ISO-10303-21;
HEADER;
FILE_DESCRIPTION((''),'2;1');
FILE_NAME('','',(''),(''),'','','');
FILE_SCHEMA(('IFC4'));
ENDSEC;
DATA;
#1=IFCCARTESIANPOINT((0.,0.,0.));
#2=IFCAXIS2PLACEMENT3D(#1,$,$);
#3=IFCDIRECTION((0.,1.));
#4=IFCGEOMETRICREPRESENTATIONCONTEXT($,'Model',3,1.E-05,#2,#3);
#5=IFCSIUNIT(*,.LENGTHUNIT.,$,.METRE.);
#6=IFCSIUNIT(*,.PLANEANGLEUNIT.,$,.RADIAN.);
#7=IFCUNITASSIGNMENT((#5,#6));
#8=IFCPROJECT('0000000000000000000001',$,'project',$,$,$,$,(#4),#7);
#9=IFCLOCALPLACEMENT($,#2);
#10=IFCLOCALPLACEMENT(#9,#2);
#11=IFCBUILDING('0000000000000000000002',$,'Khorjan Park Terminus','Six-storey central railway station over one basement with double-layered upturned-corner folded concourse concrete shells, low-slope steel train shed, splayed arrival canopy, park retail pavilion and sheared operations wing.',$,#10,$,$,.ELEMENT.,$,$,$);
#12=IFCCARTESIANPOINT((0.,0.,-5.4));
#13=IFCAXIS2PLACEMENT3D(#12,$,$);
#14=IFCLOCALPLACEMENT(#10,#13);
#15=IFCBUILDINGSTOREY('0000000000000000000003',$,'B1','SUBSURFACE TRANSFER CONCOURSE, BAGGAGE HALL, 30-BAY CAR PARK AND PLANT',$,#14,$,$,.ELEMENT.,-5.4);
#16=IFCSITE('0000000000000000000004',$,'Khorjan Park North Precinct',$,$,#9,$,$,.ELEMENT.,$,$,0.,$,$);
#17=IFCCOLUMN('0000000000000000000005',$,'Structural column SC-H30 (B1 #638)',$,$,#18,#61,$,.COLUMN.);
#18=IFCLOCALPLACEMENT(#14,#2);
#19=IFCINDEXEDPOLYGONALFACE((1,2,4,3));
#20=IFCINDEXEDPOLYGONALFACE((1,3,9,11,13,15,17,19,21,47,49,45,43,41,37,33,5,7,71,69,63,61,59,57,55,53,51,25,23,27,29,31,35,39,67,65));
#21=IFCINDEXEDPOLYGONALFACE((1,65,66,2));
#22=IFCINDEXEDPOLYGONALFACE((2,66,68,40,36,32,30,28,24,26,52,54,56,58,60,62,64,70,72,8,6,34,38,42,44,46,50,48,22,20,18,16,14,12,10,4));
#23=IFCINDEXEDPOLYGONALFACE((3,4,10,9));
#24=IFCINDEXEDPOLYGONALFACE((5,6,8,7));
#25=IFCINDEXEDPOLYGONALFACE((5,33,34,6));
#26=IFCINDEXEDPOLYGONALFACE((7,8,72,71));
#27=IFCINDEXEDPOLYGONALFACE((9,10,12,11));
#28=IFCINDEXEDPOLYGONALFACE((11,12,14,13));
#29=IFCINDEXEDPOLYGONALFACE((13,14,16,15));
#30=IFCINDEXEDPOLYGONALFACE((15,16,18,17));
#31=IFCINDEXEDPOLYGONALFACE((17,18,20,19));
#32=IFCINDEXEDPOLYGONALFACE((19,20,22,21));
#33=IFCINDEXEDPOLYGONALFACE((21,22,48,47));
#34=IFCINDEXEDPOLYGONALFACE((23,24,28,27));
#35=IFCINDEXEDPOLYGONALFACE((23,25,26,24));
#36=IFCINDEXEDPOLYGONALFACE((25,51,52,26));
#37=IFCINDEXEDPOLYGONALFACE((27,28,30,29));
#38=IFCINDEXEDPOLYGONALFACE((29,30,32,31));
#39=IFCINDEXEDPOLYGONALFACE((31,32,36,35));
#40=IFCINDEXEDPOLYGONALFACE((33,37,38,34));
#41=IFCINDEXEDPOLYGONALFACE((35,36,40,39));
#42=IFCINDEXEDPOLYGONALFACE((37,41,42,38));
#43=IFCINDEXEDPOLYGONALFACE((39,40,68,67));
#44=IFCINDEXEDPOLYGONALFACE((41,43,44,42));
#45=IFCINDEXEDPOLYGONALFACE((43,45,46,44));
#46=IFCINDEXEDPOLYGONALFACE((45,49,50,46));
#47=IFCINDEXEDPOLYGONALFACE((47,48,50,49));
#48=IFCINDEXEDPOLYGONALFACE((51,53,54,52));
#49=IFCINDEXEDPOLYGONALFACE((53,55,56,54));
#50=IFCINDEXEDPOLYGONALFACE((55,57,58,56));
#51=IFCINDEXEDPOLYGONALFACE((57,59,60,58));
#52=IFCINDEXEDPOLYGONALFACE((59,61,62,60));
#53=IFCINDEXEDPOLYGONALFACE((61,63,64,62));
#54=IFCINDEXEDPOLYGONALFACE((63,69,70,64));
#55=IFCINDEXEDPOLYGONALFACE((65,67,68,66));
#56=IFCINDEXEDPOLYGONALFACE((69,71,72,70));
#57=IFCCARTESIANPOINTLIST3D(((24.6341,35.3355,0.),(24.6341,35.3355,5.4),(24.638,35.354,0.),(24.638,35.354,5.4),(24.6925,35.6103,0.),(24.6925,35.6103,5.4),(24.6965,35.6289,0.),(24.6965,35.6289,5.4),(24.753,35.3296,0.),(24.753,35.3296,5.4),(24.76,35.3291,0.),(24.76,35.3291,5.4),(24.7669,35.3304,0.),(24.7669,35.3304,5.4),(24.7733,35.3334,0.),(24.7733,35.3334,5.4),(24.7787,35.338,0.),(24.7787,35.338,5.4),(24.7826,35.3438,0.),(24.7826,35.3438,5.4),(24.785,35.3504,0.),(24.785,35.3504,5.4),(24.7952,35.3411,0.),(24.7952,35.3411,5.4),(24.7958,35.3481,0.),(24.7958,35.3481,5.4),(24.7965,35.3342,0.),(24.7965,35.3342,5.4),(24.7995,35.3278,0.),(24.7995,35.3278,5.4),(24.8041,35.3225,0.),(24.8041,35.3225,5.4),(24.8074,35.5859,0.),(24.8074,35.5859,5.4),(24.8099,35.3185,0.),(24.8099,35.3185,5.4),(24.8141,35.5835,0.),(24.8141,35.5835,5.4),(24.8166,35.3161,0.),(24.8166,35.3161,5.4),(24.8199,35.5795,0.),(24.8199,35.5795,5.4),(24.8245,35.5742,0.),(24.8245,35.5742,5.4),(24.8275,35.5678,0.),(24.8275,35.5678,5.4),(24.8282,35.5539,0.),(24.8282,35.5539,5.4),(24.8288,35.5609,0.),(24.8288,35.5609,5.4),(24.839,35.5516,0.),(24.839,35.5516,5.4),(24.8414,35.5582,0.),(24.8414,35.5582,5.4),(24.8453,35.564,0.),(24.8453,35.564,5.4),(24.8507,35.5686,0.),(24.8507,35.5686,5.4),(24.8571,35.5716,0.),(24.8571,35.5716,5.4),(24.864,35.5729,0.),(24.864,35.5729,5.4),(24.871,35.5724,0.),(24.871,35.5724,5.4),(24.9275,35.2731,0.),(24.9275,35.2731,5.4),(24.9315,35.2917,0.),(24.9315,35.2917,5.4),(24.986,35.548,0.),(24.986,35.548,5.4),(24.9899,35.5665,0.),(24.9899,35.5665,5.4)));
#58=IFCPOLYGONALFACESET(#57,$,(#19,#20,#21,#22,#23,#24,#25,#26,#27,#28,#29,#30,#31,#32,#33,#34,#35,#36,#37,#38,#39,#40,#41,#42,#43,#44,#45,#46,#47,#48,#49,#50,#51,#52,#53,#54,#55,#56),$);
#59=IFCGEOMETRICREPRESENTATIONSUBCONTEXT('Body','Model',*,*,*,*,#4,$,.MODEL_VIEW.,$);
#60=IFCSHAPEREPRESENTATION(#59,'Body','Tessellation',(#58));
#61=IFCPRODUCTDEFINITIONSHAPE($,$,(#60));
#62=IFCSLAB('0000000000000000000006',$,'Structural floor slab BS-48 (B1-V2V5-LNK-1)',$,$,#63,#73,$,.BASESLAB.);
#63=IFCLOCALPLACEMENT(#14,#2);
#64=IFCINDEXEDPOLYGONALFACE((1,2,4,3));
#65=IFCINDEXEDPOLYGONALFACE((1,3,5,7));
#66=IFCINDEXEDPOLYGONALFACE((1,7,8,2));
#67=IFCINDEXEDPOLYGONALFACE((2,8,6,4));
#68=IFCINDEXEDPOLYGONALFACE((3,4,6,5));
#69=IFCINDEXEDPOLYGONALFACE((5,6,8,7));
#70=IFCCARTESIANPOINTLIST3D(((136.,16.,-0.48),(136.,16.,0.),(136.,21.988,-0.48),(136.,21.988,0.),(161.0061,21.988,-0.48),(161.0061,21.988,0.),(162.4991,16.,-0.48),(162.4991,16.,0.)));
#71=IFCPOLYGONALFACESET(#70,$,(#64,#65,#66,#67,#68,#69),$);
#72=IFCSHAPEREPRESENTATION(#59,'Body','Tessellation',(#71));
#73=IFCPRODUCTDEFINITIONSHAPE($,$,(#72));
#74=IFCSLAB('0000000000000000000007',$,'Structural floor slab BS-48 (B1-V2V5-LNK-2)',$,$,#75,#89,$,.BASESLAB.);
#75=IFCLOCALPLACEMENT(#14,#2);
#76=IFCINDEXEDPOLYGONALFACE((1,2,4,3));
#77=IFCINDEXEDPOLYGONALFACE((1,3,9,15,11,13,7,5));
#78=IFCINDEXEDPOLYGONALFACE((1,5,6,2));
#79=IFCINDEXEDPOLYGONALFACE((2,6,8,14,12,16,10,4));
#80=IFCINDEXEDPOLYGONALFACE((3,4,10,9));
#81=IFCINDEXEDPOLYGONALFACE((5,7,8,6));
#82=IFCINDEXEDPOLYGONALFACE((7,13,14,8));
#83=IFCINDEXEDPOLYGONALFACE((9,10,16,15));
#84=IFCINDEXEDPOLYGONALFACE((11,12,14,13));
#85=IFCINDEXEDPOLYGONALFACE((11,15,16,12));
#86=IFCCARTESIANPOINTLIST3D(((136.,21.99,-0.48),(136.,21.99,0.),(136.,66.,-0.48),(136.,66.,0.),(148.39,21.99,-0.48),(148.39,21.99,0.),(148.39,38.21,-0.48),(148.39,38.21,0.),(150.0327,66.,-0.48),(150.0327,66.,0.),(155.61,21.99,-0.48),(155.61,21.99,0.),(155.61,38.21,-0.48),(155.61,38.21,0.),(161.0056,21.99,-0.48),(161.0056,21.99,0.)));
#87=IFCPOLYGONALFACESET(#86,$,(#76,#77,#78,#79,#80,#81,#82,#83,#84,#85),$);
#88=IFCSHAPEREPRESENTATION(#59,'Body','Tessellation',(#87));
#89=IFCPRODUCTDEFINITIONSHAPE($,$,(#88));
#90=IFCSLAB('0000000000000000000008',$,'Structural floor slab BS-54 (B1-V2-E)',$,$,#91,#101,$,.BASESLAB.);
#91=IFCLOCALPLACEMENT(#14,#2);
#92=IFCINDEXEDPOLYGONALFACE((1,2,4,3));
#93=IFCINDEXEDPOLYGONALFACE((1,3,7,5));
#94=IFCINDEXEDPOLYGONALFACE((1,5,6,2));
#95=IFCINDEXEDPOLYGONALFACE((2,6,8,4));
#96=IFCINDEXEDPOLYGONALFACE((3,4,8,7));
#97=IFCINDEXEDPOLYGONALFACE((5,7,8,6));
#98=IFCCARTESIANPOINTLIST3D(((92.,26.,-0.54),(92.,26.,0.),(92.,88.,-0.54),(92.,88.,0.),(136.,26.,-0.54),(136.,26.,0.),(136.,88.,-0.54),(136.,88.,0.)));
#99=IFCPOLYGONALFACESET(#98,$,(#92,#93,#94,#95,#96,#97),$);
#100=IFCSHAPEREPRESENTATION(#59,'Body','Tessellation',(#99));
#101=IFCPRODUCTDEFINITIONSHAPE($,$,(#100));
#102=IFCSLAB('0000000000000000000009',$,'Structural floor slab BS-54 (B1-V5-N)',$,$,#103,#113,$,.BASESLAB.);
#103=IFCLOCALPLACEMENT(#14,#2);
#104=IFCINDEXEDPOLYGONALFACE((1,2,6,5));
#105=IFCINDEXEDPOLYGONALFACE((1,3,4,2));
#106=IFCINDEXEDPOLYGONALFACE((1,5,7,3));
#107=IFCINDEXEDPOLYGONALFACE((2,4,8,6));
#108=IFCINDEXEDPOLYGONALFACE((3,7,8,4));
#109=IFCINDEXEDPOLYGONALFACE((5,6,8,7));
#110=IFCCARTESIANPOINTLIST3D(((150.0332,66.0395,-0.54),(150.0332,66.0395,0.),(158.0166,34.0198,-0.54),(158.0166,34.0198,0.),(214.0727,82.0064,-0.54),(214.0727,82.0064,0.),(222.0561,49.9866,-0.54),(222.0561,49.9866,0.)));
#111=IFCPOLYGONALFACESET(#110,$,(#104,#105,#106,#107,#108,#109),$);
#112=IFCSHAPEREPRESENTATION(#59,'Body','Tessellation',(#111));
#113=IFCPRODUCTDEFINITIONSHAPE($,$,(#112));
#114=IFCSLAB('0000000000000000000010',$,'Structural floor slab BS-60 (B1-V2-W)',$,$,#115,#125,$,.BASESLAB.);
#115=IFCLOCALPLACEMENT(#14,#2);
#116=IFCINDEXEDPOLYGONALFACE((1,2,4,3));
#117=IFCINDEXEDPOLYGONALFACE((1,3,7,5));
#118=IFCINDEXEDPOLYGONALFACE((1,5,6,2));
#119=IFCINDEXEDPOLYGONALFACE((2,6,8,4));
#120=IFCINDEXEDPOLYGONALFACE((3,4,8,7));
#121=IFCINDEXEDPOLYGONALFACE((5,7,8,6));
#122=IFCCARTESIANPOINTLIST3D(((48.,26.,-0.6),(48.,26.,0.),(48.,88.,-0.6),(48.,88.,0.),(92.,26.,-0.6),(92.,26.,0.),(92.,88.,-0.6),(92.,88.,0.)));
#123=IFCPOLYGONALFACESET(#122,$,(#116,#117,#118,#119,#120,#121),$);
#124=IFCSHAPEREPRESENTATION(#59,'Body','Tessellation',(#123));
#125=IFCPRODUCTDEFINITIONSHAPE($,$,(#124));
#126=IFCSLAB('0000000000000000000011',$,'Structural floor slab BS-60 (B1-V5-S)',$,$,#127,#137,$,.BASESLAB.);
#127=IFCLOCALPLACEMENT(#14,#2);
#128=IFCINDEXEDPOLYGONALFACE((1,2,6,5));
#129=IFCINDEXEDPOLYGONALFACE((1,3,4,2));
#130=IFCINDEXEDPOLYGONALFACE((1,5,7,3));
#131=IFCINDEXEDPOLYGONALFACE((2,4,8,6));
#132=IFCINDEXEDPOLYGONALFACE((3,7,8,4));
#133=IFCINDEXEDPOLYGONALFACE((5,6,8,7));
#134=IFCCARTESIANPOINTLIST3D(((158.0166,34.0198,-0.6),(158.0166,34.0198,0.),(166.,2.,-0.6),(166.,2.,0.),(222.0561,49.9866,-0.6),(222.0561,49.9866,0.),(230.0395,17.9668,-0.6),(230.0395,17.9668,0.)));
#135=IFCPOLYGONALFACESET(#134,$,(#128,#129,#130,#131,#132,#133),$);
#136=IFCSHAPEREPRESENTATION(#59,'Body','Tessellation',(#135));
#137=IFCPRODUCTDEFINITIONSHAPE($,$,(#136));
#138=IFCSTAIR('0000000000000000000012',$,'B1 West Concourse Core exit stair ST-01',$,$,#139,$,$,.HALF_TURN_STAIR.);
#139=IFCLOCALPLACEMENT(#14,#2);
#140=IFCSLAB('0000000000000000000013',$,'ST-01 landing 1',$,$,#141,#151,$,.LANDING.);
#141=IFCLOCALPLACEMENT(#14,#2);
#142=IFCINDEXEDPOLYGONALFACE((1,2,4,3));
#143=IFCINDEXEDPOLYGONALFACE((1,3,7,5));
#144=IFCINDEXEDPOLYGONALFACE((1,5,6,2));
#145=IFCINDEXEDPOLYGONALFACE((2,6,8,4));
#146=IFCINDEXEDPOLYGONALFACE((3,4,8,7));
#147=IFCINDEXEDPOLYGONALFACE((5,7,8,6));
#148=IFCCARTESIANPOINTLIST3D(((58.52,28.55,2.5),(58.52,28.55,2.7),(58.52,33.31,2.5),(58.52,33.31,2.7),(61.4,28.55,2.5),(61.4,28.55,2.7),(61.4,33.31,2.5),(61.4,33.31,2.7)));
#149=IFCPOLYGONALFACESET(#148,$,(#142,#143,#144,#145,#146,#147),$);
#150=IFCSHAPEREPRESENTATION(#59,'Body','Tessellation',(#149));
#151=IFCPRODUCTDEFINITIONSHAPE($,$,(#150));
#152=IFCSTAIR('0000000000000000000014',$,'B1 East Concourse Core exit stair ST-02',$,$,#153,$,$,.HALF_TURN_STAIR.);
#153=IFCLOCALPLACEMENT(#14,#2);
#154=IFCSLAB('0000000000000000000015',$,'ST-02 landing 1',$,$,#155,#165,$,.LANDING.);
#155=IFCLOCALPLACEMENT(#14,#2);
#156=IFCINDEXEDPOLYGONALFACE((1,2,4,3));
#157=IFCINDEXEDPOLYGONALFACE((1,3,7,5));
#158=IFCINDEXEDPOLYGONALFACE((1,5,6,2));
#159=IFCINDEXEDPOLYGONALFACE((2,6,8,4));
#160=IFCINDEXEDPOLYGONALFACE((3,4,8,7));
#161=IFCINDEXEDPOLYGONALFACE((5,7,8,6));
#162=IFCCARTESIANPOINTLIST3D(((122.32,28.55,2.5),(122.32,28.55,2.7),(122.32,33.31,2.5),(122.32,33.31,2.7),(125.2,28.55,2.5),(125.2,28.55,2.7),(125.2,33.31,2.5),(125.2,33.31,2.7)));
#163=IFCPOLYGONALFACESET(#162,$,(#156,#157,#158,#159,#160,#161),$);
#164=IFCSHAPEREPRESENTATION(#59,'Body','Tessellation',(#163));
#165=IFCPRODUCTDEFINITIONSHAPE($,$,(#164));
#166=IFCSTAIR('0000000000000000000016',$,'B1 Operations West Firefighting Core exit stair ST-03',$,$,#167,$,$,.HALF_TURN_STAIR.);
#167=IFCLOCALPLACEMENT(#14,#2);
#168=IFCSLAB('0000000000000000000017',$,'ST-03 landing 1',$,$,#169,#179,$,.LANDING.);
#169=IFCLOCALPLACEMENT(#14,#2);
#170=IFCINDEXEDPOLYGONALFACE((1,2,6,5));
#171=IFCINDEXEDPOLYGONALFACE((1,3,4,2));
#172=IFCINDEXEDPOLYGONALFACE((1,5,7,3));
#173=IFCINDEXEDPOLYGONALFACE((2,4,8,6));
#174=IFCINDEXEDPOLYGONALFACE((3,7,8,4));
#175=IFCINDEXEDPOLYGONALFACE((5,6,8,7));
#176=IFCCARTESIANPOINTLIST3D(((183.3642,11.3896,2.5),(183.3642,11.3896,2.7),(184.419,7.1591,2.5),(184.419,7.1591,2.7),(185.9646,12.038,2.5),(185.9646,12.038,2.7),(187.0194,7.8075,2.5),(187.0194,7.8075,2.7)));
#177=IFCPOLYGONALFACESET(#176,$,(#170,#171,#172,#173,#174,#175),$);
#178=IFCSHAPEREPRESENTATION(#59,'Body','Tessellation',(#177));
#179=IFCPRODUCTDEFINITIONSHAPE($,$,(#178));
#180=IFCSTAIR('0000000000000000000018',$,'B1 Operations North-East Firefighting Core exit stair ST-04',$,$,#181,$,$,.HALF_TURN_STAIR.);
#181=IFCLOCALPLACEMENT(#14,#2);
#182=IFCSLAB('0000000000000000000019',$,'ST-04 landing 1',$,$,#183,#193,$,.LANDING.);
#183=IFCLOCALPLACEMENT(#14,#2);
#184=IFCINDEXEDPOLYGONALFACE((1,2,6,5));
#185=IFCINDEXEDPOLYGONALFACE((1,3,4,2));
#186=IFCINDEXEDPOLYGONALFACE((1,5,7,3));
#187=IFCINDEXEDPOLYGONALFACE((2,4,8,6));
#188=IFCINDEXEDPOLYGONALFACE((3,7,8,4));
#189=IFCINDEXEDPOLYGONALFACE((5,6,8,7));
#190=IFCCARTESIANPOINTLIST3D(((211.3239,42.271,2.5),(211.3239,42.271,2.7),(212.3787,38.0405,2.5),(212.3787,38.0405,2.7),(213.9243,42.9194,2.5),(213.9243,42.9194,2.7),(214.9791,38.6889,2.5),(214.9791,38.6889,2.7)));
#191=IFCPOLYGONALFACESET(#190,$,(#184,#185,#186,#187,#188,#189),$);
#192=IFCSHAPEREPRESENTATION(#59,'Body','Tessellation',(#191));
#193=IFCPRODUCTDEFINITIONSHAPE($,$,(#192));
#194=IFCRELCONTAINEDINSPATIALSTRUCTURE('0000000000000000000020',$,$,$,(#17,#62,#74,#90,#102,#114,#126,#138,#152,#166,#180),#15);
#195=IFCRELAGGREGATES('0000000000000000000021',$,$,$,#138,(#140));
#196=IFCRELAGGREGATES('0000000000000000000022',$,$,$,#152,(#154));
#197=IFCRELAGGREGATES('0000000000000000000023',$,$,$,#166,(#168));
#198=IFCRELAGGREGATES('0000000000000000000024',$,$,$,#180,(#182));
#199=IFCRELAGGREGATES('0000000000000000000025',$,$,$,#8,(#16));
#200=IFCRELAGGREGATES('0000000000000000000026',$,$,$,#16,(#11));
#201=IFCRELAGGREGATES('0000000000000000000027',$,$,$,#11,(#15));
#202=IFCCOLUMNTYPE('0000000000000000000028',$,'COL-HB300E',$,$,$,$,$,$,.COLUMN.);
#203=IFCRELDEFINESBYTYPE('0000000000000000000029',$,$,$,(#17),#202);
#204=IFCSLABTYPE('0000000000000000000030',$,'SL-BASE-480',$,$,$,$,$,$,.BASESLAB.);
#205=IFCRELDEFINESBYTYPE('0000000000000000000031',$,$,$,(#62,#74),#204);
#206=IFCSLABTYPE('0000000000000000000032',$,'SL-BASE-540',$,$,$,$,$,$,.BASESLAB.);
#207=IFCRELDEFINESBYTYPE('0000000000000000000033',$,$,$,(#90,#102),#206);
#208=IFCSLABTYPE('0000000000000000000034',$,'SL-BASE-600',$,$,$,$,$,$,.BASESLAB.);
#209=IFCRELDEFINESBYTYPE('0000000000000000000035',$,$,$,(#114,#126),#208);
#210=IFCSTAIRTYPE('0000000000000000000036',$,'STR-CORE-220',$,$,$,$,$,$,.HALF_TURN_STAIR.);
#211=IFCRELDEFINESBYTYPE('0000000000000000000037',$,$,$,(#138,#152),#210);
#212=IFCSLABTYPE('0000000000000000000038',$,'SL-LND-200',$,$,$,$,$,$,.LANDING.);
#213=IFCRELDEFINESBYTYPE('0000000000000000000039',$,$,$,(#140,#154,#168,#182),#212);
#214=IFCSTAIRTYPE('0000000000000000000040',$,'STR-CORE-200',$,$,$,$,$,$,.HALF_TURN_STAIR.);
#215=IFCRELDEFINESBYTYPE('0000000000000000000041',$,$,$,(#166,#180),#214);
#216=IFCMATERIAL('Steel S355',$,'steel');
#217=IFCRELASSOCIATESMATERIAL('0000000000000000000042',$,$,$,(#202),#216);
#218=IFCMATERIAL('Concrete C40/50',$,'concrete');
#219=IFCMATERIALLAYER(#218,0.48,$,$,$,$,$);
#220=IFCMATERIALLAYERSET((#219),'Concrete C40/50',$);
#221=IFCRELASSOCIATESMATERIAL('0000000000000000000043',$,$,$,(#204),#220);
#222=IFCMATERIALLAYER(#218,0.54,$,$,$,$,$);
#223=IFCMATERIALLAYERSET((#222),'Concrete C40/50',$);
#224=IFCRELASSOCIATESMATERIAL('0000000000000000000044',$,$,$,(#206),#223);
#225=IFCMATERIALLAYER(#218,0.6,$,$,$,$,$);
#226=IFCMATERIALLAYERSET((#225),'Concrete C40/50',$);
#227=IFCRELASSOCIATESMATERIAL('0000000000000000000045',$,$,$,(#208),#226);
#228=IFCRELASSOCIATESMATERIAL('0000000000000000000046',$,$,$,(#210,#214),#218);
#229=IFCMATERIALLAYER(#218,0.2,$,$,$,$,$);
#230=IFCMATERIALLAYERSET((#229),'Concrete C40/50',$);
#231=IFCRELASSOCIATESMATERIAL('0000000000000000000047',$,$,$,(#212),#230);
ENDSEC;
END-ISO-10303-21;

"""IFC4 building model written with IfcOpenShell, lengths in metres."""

from ifc_helpers import new_model, si_unit, direction, frame, origin, origin_2d, place, context, subcontext, project, spatial, polyline, i_section, outline, extrude, material, layer, layer_set, material_profile, profile_set, type_object, element, aggregate, save


model = new_model("IFC4")

# Units and contexts
model_context = context("Model", 3, precision=1e-05, world=origin(), true_north=direction((0.0, 1.0)))
body_context = subcontext(model_context, "Body", "Model", "MODEL_VIEW")
ifc_project = project(units=[si_unit("LENGTHUNIT", "METRE"), si_unit("PLANEANGLEUNIT", "RADIAN")], contexts=[model_context])

# Site, building, storey
site_placement = place(None, origin())
site = spatial("IfcSite", under=ifc_project, at=site_placement, Name="Khorjan Park North Precinct", CompositionType="ELEMENT", RefElevation=0.0)
building_placement = place(site_placement, origin())
building = spatial("IfcBuilding", under=site, at=building_placement, Name="Khorjan Park Terminus", Description="Six-storey central railway station over one basement with double-layered upturned-corner folded concourse concrete shells, low-slope steel train shed, splayed arrival canopy, park retail pavilion and sheared operations wing.", CompositionType="ELEMENT")
storey_placement = place(building_placement, frame((0.0, 0.0, -5.4)))
storey = spatial("IfcBuildingStorey", under=building, at=storey_placement, Name="B1", Description="SUBSURFACE TRANSFER CONCOURSE, BAGGAGE HALL, 30-BAY CAR PARK AND PLANT", CompositionType="ELEMENT", Elevation=-5.4)

# Shared definitions
ifc_material_1 = material(Name="Concrete C40/50", Category="concrete")

# Column
ifc_material_2 = material(Name="Steel S355", Category="steel")
ifc_material_profile_1 = material_profile(ifc_material_2, i_section(OverallWidth=0.3, OverallDepth=0.3, WebThickness=0.011, FlangeThickness=0.019, FilletRadius=0.027, at=origin_2d()), Name="HEB 300")
ifc_profile_set_1 = profile_set([ifc_material_profile_1], Name="Steel S355")
column_type = type_object("IfcColumnType", Name="COL-HB300E", PredefinedType="COLUMN", material=ifc_profile_set_1)
column_placement = place(storey_placement, frame((24.812, 35.451, 0.0), z_axis=(0.0, 0.0, 1.0), x_axis=(0.978148, -0.207912, 0.0)))
element("IfcColumn", 1, at=column_placement, inside=storey, type_object=column_type, Name="Structural column SC-H30 (B1 #638)", PredefinedType="COLUMN", context=body_context, shape_type="SweptSolid", body=[
    extrude(i_section(OverallWidth=0.3, OverallDepth=0.3, WebThickness=0.011, FlangeThickness=0.019, FilletRadius=0.027, at=origin_2d()), origin(), (0.0, 0.0, 1.0), 5.4),
])

# Slabs
ifc_layer_1 = layer(ifc_material_1, 0.48)
ifc_layer_set_1 = layer_set([ifc_layer_1], Name="Concrete C40/50")
slab_type_1 = type_object("IfcSlabType", Name="SL-BASE-480", PredefinedType="BASESLAB", material=ifc_layer_set_1)
slab_1_placement = place(storey_placement, frame((0.0, 0.0, -0.48)))
element("IfcSlab", 2, at=slab_1_placement, inside=storey, type_object=slab_type_1, Name="Structural floor slab BS-48 (B1-V2V5-LNK-1)", PredefinedType="BASESLAB", context=body_context, shape_type="SweptSolid", body=[
    extrude(outline(polyline([(162.4991, 16.0), (136.0, 16.0), (136.0, 21.988), (161.0061, 21.988), (162.4991, 16.0)])), origin(), (0.0, 0.0, 1.0), 0.48),
])
slab_2_placement = place(storey_placement, frame((0.0, 0.0, -0.48)))
element("IfcSlab", 3, at=slab_2_placement, inside=storey, type_object=slab_type_1, Name="Structural floor slab BS-48 (B1-V2V5-LNK-2)", PredefinedType="BASESLAB", context=body_context, shape_type="SweptSolid", body=[
    extrude(outline(polyline([(150.0327, 66.0), (161.0056, 21.99), (155.61, 21.99), (155.61, 38.21), (148.39, 38.21), (148.39, 21.99), (136.0, 21.99), (136.0, 66.0), (150.0327, 66.0)])), origin(), (0.0, 0.0, 1.0), 0.48),
])
ifc_layer_2 = layer(ifc_material_1, 0.54)
ifc_layer_set_2 = layer_set([ifc_layer_2], Name="Concrete C40/50")
slab_type_2 = type_object("IfcSlabType", Name="SL-BASE-540", PredefinedType="BASESLAB", material=ifc_layer_set_2)
slab_3_placement = place(storey_placement, frame((0.0, 0.0, -0.54)))
element("IfcSlab", 4, at=slab_3_placement, inside=storey, type_object=slab_type_2, Name="Structural floor slab BS-54 (B1-V2-E)", PredefinedType="BASESLAB", context=body_context, shape_type="SweptSolid", body=[
    extrude(outline(polyline([(92.0, 26.0), (136.0, 26.0), (136.0, 88.0), (92.0, 88.0), (92.0, 26.0)])), origin(), (0.0, 0.0, 1.0), 0.54),
])
slab_4_placement = place(storey_placement, frame((0.0, 0.0, -0.54)))
element("IfcSlab", 5, at=slab_4_placement, inside=storey, type_object=slab_type_2, Name="Structural floor slab BS-54 (B1-V5-N)", PredefinedType="BASESLAB", context=body_context, shape_type="SweptSolid", body=[
    extrude(outline(polyline([(158.0166, 34.0198), (222.0561, 49.9866), (214.0727, 82.0064), (150.0332, 66.0395), (158.0166, 34.0198)])), origin(), (0.0, 0.0, 1.0), 0.54),
])
ifc_layer_3 = layer(ifc_material_1, 0.6)
ifc_layer_set_3 = layer_set([ifc_layer_3], Name="Concrete C40/50")
slab_type_3 = type_object("IfcSlabType", Name="SL-BASE-600", PredefinedType="BASESLAB", material=ifc_layer_set_3)
slab_5_placement = place(storey_placement, frame((0.0, 0.0, -0.6)))
element("IfcSlab", 6, at=slab_5_placement, inside=storey, type_object=slab_type_3, Name="Structural floor slab BS-60 (B1-V2-W)", PredefinedType="BASESLAB", context=body_context, shape_type="SweptSolid", body=[
    extrude(outline(polyline([(48.0, 26.0), (92.0, 26.0), (92.0, 88.0), (48.0, 88.0), (48.0, 26.0)])), origin(), (0.0, 0.0, 1.0), 0.6),
])
slab_6_placement = place(storey_placement, frame((0.0, 0.0, -0.6)))
element("IfcSlab", 7, at=slab_6_placement, inside=storey, type_object=slab_type_3, Name="Structural floor slab BS-60 (B1-V5-S)", PredefinedType="BASESLAB", context=body_context, shape_type="SweptSolid", body=[
    extrude(outline(polyline([(166.0, 2.0), (230.0395, 17.9668), (222.0561, 49.9866), (158.0166, 34.0198), (166.0, 2.0)])), origin(), (0.0, 0.0, 1.0), 0.6),
])

# Stairs, slabs
stair_type_1 = type_object("IfcStairType", Name="STR-CORE-220", PredefinedType="HALF_TURN_STAIR", material=ifc_material_1)
stair_1_placement = place(storey_placement, origin())
stair_1 = element("IfcStair", 8, at=stair_1_placement, inside=storey, type_object=stair_type_1, Name="B1 West Concourse Core exit stair ST-01", PredefinedType="HALF_TURN_STAIR")
ifc_layer_4 = layer(ifc_material_1, 0.2)
ifc_layer_set_4 = layer_set([ifc_layer_4], Name="Concrete C40/50")
slab_type_4 = type_object("IfcSlabType", Name="SL-LND-200", PredefinedType="LANDING", material=ifc_layer_set_4)
slab_7_placement = place(storey_placement, frame((0.0, 0.0, 2.5)))
slab_7 = element("IfcSlab", 9, at=slab_7_placement, type_object=slab_type_4, Name="ST-01 landing 1", PredefinedType="LANDING", context=body_context, shape_type="SweptSolid", body=[
    extrude(outline(polyline([(58.52, 28.55), (61.4, 28.55), (61.4, 33.31), (58.52, 33.31), (58.52, 28.55)])), origin(), (0.0, 0.0, 1.0), 0.2),
])
aggregate(stair_1, [slab_7])
stair_2_placement = place(storey_placement, origin())
stair_2 = element("IfcStair", 10, at=stair_2_placement, inside=storey, type_object=stair_type_1, Name="B1 East Concourse Core exit stair ST-02", PredefinedType="HALF_TURN_STAIR")
slab_8_placement = place(storey_placement, frame((0.0, 0.0, 2.5)))
slab_8 = element("IfcSlab", 11, at=slab_8_placement, type_object=slab_type_4, Name="ST-02 landing 1", PredefinedType="LANDING", context=body_context, shape_type="SweptSolid", body=[
    extrude(outline(polyline([(122.32, 28.55), (125.2, 28.55), (125.2, 33.31), (122.32, 33.31), (122.32, 28.55)])), origin(), (0.0, 0.0, 1.0), 0.2),
])
aggregate(stair_2, [slab_8])
stair_type_2 = type_object("IfcStairType", Name="STR-CORE-200", PredefinedType="HALF_TURN_STAIR", material=ifc_material_1)
stair_3_placement = place(storey_placement, origin())
stair_3 = element("IfcStair", 12, at=stair_3_placement, inside=storey, type_object=stair_type_2, Name="B1 Operations West Firefighting Core exit stair ST-03", PredefinedType="HALF_TURN_STAIR")
slab_9_placement = place(storey_placement, frame((0.0, 0.0, 2.5)))
slab_9 = element("IfcSlab", 13, at=slab_9_placement, type_object=slab_type_4, Name="ST-03 landing 1", PredefinedType="LANDING", context=body_context, shape_type="SweptSolid", body=[
    extrude(outline(polyline([(184.419, 7.1591), (187.0194, 7.8075), (185.9646, 12.038), (183.3642, 11.3896), (184.419, 7.1591)])), origin(), (0.0, 0.0, 1.0), 0.2),
])
aggregate(stair_3, [slab_9])
stair_4_placement = place(storey_placement, origin())
stair_4 = element("IfcStair", 14, at=stair_4_placement, inside=storey, type_object=stair_type_2, Name="B1 Operations North-East Firefighting Core exit stair ST-04", PredefinedType="HALF_TURN_STAIR")
slab_10_placement = place(storey_placement, frame((0.0, 0.0, 2.5)))
slab_10 = element("IfcSlab", 15, at=slab_10_placement, type_object=slab_type_4, Name="ST-04 landing 1", PredefinedType="LANDING", context=body_context, shape_type="SweptSolid", body=[
    extrude(outline(polyline([(212.3787, 38.0405), (214.9791, 38.6889), (213.9243, 42.9194), (211.3239, 42.271), (212.3787, 38.0405)])), origin(), (0.0, 0.0, 1.0), 0.2),
])
aggregate(stair_4, [slab_10])

save(model, "model.ifc")
